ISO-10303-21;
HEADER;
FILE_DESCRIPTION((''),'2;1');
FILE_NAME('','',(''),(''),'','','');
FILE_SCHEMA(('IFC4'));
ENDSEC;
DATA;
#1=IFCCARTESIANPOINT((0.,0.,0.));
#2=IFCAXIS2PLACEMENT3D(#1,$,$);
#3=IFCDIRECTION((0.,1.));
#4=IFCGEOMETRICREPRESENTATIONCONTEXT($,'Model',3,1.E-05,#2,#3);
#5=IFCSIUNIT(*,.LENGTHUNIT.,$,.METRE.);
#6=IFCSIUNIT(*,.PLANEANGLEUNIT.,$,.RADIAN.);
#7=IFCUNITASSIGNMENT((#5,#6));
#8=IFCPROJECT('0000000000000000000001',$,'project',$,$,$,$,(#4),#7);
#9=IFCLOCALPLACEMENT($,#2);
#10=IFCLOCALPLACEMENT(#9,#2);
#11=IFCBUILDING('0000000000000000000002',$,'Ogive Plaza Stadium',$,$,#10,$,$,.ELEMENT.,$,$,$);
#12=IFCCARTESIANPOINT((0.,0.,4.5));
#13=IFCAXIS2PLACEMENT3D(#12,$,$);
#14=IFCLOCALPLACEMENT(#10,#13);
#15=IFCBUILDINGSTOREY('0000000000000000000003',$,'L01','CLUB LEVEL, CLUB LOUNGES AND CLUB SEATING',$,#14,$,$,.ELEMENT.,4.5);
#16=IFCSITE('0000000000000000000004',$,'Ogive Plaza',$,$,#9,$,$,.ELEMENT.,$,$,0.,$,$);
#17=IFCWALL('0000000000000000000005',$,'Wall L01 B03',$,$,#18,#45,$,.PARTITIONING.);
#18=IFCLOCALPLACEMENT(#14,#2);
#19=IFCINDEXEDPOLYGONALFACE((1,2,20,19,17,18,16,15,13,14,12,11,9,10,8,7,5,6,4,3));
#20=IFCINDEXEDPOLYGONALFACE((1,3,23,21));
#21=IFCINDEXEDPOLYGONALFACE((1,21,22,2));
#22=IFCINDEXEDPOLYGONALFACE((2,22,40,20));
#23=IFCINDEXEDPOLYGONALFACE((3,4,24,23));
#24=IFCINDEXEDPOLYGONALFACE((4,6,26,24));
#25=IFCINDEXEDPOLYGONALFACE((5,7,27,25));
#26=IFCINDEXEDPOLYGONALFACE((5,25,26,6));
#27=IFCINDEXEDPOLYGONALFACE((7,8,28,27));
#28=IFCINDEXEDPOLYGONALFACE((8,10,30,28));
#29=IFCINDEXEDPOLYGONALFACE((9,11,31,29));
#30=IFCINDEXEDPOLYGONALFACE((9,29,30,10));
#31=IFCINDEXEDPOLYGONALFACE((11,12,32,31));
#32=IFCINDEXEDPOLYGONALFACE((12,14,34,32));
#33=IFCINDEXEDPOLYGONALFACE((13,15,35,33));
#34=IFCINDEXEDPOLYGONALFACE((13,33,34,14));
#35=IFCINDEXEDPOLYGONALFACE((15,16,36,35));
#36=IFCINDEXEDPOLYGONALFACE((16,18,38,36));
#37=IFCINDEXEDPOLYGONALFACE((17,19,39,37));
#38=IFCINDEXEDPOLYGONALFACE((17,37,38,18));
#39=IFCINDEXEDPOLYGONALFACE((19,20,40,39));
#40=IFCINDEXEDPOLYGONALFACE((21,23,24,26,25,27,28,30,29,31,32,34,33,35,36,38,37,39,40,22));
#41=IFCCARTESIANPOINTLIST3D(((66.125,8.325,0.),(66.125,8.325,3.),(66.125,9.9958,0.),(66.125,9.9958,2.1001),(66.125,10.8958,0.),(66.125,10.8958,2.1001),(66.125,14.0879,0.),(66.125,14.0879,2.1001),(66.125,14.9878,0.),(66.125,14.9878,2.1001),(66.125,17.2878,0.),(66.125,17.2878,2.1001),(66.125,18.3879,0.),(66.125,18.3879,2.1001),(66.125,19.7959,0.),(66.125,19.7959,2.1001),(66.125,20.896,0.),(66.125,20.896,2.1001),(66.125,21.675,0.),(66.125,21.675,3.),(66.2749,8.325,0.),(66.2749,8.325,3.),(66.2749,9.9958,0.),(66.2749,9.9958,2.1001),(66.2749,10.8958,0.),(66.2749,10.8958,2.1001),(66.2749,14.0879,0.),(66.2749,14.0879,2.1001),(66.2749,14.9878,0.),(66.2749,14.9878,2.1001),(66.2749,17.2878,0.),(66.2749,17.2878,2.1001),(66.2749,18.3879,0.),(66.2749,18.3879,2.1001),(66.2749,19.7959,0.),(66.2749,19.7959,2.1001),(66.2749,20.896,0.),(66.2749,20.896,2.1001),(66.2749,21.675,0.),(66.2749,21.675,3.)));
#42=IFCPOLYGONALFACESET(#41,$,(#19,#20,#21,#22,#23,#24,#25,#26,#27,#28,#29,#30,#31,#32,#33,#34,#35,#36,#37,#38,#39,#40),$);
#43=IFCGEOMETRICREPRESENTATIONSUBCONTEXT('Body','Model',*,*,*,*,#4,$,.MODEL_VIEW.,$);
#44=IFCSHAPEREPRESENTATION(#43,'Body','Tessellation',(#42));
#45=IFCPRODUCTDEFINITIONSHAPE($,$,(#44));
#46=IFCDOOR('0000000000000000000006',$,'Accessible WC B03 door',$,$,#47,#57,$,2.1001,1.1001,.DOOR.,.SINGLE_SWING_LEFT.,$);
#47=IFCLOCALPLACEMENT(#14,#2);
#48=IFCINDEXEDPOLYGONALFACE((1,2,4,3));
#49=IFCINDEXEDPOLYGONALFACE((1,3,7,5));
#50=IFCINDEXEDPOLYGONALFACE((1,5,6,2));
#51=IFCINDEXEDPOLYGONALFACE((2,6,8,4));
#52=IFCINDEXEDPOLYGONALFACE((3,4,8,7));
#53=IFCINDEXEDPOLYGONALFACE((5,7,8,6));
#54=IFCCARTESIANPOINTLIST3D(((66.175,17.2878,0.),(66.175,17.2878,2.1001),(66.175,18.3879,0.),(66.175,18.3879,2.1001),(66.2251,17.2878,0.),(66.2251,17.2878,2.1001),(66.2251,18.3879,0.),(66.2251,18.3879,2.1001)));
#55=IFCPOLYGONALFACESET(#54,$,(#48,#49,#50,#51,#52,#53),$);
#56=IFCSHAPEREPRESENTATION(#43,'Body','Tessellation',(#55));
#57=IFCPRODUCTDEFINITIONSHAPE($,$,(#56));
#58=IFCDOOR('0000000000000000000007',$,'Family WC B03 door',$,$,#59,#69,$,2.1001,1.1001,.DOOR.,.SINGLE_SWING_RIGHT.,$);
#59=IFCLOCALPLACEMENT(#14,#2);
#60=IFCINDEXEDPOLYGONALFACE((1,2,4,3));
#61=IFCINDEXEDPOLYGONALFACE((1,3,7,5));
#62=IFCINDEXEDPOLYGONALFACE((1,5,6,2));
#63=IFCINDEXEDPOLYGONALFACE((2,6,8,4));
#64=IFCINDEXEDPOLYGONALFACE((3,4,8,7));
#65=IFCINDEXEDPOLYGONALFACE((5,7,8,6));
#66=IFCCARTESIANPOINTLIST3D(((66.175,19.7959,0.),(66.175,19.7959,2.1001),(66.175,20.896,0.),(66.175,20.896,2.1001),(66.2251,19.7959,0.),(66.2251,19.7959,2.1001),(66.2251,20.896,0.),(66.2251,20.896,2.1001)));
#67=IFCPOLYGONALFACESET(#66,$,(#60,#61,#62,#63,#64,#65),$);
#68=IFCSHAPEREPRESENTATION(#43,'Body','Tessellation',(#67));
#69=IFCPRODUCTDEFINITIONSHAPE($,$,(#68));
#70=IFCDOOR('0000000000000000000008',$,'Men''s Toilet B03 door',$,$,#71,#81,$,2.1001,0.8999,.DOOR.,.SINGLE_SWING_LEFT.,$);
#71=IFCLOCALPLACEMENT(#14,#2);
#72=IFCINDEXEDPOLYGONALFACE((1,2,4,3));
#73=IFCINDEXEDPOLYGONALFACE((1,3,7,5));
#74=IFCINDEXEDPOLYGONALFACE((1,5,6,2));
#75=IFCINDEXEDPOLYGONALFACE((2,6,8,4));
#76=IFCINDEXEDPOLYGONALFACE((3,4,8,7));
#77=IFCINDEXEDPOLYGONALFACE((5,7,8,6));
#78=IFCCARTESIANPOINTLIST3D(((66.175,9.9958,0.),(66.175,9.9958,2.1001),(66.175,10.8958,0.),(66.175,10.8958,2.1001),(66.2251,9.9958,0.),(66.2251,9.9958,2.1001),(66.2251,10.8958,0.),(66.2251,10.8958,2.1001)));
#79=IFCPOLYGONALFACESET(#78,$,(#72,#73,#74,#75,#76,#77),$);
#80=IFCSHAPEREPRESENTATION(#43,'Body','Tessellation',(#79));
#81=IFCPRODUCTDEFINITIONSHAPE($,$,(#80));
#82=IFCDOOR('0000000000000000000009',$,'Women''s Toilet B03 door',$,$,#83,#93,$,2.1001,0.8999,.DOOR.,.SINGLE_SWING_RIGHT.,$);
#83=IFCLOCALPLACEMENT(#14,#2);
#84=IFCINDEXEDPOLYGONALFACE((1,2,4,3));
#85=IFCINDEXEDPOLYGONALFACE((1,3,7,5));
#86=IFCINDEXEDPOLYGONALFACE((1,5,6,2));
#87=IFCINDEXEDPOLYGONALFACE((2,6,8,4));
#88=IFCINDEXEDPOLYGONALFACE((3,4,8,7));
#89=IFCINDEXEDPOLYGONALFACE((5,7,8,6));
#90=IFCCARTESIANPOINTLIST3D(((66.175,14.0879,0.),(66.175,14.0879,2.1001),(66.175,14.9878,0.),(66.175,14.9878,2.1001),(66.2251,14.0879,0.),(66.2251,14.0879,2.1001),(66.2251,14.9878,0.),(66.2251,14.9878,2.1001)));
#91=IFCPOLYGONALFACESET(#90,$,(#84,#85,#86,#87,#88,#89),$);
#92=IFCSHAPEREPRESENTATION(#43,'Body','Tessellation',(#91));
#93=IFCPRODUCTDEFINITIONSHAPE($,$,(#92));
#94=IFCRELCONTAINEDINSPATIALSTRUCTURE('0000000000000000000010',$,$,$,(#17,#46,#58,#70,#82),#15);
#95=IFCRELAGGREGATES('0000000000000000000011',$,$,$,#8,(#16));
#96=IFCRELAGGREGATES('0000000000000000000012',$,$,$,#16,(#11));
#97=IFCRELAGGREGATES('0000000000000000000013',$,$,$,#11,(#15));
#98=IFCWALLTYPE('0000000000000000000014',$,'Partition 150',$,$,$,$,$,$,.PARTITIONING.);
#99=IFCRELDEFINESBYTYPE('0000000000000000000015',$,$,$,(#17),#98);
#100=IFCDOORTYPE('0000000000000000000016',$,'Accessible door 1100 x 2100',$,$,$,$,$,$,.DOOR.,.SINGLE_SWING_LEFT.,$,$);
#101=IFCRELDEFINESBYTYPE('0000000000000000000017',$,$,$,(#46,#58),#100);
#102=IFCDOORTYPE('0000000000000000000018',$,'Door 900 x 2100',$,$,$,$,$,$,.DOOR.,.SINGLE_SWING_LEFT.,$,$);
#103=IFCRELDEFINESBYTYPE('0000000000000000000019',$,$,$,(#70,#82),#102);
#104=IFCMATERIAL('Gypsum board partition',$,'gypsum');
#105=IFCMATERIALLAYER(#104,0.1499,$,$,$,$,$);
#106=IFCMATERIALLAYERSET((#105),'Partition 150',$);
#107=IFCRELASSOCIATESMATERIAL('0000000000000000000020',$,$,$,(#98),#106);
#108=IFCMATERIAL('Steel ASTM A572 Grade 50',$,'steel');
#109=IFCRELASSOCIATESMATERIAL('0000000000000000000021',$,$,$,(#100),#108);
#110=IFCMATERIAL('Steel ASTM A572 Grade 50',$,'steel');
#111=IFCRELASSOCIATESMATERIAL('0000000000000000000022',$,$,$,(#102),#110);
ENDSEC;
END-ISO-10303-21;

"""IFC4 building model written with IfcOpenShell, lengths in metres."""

from ifc_helpers import new_model, si_unit, direction, frame, frame_2d, origin, place, context, subcontext, project, spatial, rectangle, extrude, material, layer, layer_set, type_object, element, fill, save


model = new_model("IFC4")

# Units and contexts
model_context = context("Model", 3, precision=1e-05, world=origin(), true_north=direction((0.0, 1.0)))
body_context = subcontext(model_context, "Body", "Model", "MODEL_VIEW")
ifc_project = project(units=[si_unit("LENGTHUNIT", "METRE"), si_unit("PLANEANGLEUNIT", "RADIAN")], contexts=[model_context])

# Site, building, storey
site_placement = place(None, origin())
site = spatial("IfcSite", under=ifc_project, at=site_placement, Name="Ogive Plaza", CompositionType="ELEMENT", RefElevation=0.0)
building_placement = place(site_placement, origin())
building = spatial("IfcBuilding", under=site, at=building_placement, Name="Ogive Plaza Stadium", CompositionType="ELEMENT")
storey_placement = place(building_placement, frame((0.0, 0.0, 4.5)))
storey = spatial("IfcBuildingStorey", under=building, at=storey_placement, Name="L01", Description="CLUB LEVEL, CLUB LOUNGES AND CLUB SEATING", CompositionType="ELEMENT", Elevation=4.5)

# Wall, openings, doors
ifc_material_1 = material(Name="Gypsum board partition", Category="gypsum")
ifc_layer_1 = layer(ifc_material_1, 0.1499)
ifc_layer_set_1 = layer_set([ifc_layer_1], Name="Partition 150")
wall_type_1 = type_object("IfcWallType", Name="Partition 150", PredefinedType="PARTITIONING", material=ifc_layer_set_1)
wall_1_placement = place(storey_placement, frame((66.2, 8.325, 0.0), z_axis=(0.0, 0.0, 1.0), x_axis=(0.0, 1.0, 0.0)))
wall_1 = element("IfcWall", 1, at=wall_1_placement, inside=storey, type_object=wall_type_1, Name="Wall L01 B03", PredefinedType="PARTITIONING", context=body_context, shape_type="SweptSolid", body=[
    extrude(rectangle(XDim=13.3501, YDim=0.1499, at=frame_2d((6.675, 0.0))), origin(), (0.0, 0.0, 1.0), 3.0),
])
opening_1_placement = place(wall_1_placement, frame((1.6709, 0.0, 0.0)))
opening_1 = element("IfcOpeningElement", 2, at=opening_1_placement, cuts=wall_1, PredefinedType="OPENING", context=body_context, shape_type="SweptSolid", body=[
    extrude(rectangle(XDim=0.8999, YDim=2.1001, at=frame_2d((0.45, 1.05))), frame((0.0, 0.075, 0.0), z_axis=(0.0, -1.0, 0.0), x_axis=(1.0, 0.0, 0.0)), (0.0, 0.0, 1.0), 0.1499),
])
opening_2_placement = place(wall_1_placement, frame((5.7629, 0.0, 0.0)))
opening_2 = element("IfcOpeningElement", 3, at=opening_2_placement, cuts=wall_1, PredefinedType="OPENING", context=body_context, shape_type="SweptSolid", body=[
    extrude(rectangle(XDim=0.8999, YDim=2.1001, at=frame_2d((0.45, 1.05))), frame((0.0, 0.075, 0.0), z_axis=(0.0, -1.0, 0.0), x_axis=(1.0, 0.0, 0.0)), (0.0, 0.0, 1.0), 0.1499),
])
opening_3_placement = place(wall_1_placement, frame((8.9629, 0.0, 0.0)))
opening_3 = element("IfcOpeningElement", 4, at=opening_3_placement, cuts=wall_1, PredefinedType="OPENING", context=body_context, shape_type="SweptSolid", body=[
    extrude(rectangle(XDim=1.1001, YDim=2.1001, at=frame_2d((0.55, 1.05))), frame((0.0, 0.075, 0.0), z_axis=(0.0, -1.0, 0.0), x_axis=(1.0, 0.0, 0.0)), (0.0, 0.0, 1.0), 0.1499),
])
opening_4_placement = place(wall_1_placement, frame((11.4709, 0.0, 0.0)))
opening_4 = element("IfcOpeningElement", 5, at=opening_4_placement, cuts=wall_1, PredefinedType="OPENING", context=body_context, shape_type="SweptSolid", body=[
    extrude(rectangle(XDim=1.1001, YDim=2.1001, at=frame_2d((0.55, 1.05))), frame((0.0, 0.075, 0.0), z_axis=(0.0, -1.0, 0.0), x_axis=(1.0, 0.0, 0.0)), (0.0, 0.0, 1.0), 0.1499),
])
ifc_material_2 = material(Name="Steel ASTM A572 Grade 50", Category="steel")
door_type_1 = type_object("IfcDoorType", Name="Accessible door 1100 x 2100", OperationType="SINGLE_SWING_LEFT", PredefinedType="DOOR", material=ifc_material_2)
door_1_placement = place(opening_3_placement, origin())
door_1 = element("IfcDoor", 6, at=door_1_placement, inside=storey, type_object=door_type_1, Name="Accessible WC B03 door", OperationType="SINGLE_SWING_LEFT", OverallHeight=2.1001, OverallWidth=1.1001, PredefinedType="DOOR", context=body_context, shape_type="SweptSolid", body=[
    extrude(rectangle(XDim=1.1001, YDim=2.1001, at=frame_2d((0.55, 1.05))), frame((0.0, 0.0249, 0.0), z_axis=(0.0, -1.0, 0.0), x_axis=(1.0, 0.0, 0.0)), (0.0, 0.0, 1.0), 0.05),
])
fill(opening_3, door_1)
door_2_placement = place(opening_4_placement, origin())
door_2 = element("IfcDoor", 7, at=door_2_placement, inside=storey, type_object=door_type_1, Name="Family WC B03 door", OperationType="SINGLE_SWING_RIGHT", OverallHeight=2.1001, OverallWidth=1.1001, PredefinedType="DOOR", context=body_context, shape_type="SweptSolid", body=[
    extrude(rectangle(XDim=1.1001, YDim=2.1001, at=frame_2d((0.55, 1.05))), frame((0.0, 0.0249, 0.0), z_axis=(0.0, -1.0, 0.0), x_axis=(1.0, 0.0, 0.0)), (0.0, 0.0, 1.0), 0.05),
])
fill(opening_4, door_2)
ifc_material_3 = material(Name="Steel ASTM A572 Grade 50", Category="steel")
door_type_2 = type_object("IfcDoorType", Name="Door 900 x 2100", OperationType="SINGLE_SWING_LEFT", PredefinedType="DOOR", material=ifc_material_3)
door_3_placement = place(opening_1_placement, origin())
door_3 = element("IfcDoor", 8, at=door_3_placement, inside=storey, type_object=door_type_2, Name="Men's Toilet B03 door", OperationType="SINGLE_SWING_LEFT", OverallHeight=2.1001, OverallWidth=0.8999, PredefinedType="DOOR", context=body_context, shape_type="SweptSolid", body=[
    extrude(rectangle(XDim=0.8999, YDim=2.1001, at=frame_2d((0.45, 1.05))), frame((0.0, 0.0249, 0.0), z_axis=(0.0, -1.0, 0.0), x_axis=(1.0, 0.0, 0.0)), (0.0, 0.0, 1.0), 0.05),
])
fill(opening_1, door_3)
door_4_placement = place(opening_2_placement, origin())
door_4 = element("IfcDoor", 9, at=door_4_placement, inside=storey, type_object=door_type_2, Name="Women's Toilet B03 door", OperationType="SINGLE_SWING_RIGHT", OverallHeight=2.1001, OverallWidth=0.8999, PredefinedType="DOOR", context=body_context, shape_type="SweptSolid", body=[
    extrude(rectangle(XDim=0.8999, YDim=2.1001, at=frame_2d((0.45, 1.05))), frame((0.0, 0.0249, 0.0), z_axis=(0.0, -1.0, 0.0), x_axis=(1.0, 0.0, 0.0)), (0.0, 0.0, 1.0), 0.05),
])
fill(opening_2, door_4)

save(model, "model.ifc")
